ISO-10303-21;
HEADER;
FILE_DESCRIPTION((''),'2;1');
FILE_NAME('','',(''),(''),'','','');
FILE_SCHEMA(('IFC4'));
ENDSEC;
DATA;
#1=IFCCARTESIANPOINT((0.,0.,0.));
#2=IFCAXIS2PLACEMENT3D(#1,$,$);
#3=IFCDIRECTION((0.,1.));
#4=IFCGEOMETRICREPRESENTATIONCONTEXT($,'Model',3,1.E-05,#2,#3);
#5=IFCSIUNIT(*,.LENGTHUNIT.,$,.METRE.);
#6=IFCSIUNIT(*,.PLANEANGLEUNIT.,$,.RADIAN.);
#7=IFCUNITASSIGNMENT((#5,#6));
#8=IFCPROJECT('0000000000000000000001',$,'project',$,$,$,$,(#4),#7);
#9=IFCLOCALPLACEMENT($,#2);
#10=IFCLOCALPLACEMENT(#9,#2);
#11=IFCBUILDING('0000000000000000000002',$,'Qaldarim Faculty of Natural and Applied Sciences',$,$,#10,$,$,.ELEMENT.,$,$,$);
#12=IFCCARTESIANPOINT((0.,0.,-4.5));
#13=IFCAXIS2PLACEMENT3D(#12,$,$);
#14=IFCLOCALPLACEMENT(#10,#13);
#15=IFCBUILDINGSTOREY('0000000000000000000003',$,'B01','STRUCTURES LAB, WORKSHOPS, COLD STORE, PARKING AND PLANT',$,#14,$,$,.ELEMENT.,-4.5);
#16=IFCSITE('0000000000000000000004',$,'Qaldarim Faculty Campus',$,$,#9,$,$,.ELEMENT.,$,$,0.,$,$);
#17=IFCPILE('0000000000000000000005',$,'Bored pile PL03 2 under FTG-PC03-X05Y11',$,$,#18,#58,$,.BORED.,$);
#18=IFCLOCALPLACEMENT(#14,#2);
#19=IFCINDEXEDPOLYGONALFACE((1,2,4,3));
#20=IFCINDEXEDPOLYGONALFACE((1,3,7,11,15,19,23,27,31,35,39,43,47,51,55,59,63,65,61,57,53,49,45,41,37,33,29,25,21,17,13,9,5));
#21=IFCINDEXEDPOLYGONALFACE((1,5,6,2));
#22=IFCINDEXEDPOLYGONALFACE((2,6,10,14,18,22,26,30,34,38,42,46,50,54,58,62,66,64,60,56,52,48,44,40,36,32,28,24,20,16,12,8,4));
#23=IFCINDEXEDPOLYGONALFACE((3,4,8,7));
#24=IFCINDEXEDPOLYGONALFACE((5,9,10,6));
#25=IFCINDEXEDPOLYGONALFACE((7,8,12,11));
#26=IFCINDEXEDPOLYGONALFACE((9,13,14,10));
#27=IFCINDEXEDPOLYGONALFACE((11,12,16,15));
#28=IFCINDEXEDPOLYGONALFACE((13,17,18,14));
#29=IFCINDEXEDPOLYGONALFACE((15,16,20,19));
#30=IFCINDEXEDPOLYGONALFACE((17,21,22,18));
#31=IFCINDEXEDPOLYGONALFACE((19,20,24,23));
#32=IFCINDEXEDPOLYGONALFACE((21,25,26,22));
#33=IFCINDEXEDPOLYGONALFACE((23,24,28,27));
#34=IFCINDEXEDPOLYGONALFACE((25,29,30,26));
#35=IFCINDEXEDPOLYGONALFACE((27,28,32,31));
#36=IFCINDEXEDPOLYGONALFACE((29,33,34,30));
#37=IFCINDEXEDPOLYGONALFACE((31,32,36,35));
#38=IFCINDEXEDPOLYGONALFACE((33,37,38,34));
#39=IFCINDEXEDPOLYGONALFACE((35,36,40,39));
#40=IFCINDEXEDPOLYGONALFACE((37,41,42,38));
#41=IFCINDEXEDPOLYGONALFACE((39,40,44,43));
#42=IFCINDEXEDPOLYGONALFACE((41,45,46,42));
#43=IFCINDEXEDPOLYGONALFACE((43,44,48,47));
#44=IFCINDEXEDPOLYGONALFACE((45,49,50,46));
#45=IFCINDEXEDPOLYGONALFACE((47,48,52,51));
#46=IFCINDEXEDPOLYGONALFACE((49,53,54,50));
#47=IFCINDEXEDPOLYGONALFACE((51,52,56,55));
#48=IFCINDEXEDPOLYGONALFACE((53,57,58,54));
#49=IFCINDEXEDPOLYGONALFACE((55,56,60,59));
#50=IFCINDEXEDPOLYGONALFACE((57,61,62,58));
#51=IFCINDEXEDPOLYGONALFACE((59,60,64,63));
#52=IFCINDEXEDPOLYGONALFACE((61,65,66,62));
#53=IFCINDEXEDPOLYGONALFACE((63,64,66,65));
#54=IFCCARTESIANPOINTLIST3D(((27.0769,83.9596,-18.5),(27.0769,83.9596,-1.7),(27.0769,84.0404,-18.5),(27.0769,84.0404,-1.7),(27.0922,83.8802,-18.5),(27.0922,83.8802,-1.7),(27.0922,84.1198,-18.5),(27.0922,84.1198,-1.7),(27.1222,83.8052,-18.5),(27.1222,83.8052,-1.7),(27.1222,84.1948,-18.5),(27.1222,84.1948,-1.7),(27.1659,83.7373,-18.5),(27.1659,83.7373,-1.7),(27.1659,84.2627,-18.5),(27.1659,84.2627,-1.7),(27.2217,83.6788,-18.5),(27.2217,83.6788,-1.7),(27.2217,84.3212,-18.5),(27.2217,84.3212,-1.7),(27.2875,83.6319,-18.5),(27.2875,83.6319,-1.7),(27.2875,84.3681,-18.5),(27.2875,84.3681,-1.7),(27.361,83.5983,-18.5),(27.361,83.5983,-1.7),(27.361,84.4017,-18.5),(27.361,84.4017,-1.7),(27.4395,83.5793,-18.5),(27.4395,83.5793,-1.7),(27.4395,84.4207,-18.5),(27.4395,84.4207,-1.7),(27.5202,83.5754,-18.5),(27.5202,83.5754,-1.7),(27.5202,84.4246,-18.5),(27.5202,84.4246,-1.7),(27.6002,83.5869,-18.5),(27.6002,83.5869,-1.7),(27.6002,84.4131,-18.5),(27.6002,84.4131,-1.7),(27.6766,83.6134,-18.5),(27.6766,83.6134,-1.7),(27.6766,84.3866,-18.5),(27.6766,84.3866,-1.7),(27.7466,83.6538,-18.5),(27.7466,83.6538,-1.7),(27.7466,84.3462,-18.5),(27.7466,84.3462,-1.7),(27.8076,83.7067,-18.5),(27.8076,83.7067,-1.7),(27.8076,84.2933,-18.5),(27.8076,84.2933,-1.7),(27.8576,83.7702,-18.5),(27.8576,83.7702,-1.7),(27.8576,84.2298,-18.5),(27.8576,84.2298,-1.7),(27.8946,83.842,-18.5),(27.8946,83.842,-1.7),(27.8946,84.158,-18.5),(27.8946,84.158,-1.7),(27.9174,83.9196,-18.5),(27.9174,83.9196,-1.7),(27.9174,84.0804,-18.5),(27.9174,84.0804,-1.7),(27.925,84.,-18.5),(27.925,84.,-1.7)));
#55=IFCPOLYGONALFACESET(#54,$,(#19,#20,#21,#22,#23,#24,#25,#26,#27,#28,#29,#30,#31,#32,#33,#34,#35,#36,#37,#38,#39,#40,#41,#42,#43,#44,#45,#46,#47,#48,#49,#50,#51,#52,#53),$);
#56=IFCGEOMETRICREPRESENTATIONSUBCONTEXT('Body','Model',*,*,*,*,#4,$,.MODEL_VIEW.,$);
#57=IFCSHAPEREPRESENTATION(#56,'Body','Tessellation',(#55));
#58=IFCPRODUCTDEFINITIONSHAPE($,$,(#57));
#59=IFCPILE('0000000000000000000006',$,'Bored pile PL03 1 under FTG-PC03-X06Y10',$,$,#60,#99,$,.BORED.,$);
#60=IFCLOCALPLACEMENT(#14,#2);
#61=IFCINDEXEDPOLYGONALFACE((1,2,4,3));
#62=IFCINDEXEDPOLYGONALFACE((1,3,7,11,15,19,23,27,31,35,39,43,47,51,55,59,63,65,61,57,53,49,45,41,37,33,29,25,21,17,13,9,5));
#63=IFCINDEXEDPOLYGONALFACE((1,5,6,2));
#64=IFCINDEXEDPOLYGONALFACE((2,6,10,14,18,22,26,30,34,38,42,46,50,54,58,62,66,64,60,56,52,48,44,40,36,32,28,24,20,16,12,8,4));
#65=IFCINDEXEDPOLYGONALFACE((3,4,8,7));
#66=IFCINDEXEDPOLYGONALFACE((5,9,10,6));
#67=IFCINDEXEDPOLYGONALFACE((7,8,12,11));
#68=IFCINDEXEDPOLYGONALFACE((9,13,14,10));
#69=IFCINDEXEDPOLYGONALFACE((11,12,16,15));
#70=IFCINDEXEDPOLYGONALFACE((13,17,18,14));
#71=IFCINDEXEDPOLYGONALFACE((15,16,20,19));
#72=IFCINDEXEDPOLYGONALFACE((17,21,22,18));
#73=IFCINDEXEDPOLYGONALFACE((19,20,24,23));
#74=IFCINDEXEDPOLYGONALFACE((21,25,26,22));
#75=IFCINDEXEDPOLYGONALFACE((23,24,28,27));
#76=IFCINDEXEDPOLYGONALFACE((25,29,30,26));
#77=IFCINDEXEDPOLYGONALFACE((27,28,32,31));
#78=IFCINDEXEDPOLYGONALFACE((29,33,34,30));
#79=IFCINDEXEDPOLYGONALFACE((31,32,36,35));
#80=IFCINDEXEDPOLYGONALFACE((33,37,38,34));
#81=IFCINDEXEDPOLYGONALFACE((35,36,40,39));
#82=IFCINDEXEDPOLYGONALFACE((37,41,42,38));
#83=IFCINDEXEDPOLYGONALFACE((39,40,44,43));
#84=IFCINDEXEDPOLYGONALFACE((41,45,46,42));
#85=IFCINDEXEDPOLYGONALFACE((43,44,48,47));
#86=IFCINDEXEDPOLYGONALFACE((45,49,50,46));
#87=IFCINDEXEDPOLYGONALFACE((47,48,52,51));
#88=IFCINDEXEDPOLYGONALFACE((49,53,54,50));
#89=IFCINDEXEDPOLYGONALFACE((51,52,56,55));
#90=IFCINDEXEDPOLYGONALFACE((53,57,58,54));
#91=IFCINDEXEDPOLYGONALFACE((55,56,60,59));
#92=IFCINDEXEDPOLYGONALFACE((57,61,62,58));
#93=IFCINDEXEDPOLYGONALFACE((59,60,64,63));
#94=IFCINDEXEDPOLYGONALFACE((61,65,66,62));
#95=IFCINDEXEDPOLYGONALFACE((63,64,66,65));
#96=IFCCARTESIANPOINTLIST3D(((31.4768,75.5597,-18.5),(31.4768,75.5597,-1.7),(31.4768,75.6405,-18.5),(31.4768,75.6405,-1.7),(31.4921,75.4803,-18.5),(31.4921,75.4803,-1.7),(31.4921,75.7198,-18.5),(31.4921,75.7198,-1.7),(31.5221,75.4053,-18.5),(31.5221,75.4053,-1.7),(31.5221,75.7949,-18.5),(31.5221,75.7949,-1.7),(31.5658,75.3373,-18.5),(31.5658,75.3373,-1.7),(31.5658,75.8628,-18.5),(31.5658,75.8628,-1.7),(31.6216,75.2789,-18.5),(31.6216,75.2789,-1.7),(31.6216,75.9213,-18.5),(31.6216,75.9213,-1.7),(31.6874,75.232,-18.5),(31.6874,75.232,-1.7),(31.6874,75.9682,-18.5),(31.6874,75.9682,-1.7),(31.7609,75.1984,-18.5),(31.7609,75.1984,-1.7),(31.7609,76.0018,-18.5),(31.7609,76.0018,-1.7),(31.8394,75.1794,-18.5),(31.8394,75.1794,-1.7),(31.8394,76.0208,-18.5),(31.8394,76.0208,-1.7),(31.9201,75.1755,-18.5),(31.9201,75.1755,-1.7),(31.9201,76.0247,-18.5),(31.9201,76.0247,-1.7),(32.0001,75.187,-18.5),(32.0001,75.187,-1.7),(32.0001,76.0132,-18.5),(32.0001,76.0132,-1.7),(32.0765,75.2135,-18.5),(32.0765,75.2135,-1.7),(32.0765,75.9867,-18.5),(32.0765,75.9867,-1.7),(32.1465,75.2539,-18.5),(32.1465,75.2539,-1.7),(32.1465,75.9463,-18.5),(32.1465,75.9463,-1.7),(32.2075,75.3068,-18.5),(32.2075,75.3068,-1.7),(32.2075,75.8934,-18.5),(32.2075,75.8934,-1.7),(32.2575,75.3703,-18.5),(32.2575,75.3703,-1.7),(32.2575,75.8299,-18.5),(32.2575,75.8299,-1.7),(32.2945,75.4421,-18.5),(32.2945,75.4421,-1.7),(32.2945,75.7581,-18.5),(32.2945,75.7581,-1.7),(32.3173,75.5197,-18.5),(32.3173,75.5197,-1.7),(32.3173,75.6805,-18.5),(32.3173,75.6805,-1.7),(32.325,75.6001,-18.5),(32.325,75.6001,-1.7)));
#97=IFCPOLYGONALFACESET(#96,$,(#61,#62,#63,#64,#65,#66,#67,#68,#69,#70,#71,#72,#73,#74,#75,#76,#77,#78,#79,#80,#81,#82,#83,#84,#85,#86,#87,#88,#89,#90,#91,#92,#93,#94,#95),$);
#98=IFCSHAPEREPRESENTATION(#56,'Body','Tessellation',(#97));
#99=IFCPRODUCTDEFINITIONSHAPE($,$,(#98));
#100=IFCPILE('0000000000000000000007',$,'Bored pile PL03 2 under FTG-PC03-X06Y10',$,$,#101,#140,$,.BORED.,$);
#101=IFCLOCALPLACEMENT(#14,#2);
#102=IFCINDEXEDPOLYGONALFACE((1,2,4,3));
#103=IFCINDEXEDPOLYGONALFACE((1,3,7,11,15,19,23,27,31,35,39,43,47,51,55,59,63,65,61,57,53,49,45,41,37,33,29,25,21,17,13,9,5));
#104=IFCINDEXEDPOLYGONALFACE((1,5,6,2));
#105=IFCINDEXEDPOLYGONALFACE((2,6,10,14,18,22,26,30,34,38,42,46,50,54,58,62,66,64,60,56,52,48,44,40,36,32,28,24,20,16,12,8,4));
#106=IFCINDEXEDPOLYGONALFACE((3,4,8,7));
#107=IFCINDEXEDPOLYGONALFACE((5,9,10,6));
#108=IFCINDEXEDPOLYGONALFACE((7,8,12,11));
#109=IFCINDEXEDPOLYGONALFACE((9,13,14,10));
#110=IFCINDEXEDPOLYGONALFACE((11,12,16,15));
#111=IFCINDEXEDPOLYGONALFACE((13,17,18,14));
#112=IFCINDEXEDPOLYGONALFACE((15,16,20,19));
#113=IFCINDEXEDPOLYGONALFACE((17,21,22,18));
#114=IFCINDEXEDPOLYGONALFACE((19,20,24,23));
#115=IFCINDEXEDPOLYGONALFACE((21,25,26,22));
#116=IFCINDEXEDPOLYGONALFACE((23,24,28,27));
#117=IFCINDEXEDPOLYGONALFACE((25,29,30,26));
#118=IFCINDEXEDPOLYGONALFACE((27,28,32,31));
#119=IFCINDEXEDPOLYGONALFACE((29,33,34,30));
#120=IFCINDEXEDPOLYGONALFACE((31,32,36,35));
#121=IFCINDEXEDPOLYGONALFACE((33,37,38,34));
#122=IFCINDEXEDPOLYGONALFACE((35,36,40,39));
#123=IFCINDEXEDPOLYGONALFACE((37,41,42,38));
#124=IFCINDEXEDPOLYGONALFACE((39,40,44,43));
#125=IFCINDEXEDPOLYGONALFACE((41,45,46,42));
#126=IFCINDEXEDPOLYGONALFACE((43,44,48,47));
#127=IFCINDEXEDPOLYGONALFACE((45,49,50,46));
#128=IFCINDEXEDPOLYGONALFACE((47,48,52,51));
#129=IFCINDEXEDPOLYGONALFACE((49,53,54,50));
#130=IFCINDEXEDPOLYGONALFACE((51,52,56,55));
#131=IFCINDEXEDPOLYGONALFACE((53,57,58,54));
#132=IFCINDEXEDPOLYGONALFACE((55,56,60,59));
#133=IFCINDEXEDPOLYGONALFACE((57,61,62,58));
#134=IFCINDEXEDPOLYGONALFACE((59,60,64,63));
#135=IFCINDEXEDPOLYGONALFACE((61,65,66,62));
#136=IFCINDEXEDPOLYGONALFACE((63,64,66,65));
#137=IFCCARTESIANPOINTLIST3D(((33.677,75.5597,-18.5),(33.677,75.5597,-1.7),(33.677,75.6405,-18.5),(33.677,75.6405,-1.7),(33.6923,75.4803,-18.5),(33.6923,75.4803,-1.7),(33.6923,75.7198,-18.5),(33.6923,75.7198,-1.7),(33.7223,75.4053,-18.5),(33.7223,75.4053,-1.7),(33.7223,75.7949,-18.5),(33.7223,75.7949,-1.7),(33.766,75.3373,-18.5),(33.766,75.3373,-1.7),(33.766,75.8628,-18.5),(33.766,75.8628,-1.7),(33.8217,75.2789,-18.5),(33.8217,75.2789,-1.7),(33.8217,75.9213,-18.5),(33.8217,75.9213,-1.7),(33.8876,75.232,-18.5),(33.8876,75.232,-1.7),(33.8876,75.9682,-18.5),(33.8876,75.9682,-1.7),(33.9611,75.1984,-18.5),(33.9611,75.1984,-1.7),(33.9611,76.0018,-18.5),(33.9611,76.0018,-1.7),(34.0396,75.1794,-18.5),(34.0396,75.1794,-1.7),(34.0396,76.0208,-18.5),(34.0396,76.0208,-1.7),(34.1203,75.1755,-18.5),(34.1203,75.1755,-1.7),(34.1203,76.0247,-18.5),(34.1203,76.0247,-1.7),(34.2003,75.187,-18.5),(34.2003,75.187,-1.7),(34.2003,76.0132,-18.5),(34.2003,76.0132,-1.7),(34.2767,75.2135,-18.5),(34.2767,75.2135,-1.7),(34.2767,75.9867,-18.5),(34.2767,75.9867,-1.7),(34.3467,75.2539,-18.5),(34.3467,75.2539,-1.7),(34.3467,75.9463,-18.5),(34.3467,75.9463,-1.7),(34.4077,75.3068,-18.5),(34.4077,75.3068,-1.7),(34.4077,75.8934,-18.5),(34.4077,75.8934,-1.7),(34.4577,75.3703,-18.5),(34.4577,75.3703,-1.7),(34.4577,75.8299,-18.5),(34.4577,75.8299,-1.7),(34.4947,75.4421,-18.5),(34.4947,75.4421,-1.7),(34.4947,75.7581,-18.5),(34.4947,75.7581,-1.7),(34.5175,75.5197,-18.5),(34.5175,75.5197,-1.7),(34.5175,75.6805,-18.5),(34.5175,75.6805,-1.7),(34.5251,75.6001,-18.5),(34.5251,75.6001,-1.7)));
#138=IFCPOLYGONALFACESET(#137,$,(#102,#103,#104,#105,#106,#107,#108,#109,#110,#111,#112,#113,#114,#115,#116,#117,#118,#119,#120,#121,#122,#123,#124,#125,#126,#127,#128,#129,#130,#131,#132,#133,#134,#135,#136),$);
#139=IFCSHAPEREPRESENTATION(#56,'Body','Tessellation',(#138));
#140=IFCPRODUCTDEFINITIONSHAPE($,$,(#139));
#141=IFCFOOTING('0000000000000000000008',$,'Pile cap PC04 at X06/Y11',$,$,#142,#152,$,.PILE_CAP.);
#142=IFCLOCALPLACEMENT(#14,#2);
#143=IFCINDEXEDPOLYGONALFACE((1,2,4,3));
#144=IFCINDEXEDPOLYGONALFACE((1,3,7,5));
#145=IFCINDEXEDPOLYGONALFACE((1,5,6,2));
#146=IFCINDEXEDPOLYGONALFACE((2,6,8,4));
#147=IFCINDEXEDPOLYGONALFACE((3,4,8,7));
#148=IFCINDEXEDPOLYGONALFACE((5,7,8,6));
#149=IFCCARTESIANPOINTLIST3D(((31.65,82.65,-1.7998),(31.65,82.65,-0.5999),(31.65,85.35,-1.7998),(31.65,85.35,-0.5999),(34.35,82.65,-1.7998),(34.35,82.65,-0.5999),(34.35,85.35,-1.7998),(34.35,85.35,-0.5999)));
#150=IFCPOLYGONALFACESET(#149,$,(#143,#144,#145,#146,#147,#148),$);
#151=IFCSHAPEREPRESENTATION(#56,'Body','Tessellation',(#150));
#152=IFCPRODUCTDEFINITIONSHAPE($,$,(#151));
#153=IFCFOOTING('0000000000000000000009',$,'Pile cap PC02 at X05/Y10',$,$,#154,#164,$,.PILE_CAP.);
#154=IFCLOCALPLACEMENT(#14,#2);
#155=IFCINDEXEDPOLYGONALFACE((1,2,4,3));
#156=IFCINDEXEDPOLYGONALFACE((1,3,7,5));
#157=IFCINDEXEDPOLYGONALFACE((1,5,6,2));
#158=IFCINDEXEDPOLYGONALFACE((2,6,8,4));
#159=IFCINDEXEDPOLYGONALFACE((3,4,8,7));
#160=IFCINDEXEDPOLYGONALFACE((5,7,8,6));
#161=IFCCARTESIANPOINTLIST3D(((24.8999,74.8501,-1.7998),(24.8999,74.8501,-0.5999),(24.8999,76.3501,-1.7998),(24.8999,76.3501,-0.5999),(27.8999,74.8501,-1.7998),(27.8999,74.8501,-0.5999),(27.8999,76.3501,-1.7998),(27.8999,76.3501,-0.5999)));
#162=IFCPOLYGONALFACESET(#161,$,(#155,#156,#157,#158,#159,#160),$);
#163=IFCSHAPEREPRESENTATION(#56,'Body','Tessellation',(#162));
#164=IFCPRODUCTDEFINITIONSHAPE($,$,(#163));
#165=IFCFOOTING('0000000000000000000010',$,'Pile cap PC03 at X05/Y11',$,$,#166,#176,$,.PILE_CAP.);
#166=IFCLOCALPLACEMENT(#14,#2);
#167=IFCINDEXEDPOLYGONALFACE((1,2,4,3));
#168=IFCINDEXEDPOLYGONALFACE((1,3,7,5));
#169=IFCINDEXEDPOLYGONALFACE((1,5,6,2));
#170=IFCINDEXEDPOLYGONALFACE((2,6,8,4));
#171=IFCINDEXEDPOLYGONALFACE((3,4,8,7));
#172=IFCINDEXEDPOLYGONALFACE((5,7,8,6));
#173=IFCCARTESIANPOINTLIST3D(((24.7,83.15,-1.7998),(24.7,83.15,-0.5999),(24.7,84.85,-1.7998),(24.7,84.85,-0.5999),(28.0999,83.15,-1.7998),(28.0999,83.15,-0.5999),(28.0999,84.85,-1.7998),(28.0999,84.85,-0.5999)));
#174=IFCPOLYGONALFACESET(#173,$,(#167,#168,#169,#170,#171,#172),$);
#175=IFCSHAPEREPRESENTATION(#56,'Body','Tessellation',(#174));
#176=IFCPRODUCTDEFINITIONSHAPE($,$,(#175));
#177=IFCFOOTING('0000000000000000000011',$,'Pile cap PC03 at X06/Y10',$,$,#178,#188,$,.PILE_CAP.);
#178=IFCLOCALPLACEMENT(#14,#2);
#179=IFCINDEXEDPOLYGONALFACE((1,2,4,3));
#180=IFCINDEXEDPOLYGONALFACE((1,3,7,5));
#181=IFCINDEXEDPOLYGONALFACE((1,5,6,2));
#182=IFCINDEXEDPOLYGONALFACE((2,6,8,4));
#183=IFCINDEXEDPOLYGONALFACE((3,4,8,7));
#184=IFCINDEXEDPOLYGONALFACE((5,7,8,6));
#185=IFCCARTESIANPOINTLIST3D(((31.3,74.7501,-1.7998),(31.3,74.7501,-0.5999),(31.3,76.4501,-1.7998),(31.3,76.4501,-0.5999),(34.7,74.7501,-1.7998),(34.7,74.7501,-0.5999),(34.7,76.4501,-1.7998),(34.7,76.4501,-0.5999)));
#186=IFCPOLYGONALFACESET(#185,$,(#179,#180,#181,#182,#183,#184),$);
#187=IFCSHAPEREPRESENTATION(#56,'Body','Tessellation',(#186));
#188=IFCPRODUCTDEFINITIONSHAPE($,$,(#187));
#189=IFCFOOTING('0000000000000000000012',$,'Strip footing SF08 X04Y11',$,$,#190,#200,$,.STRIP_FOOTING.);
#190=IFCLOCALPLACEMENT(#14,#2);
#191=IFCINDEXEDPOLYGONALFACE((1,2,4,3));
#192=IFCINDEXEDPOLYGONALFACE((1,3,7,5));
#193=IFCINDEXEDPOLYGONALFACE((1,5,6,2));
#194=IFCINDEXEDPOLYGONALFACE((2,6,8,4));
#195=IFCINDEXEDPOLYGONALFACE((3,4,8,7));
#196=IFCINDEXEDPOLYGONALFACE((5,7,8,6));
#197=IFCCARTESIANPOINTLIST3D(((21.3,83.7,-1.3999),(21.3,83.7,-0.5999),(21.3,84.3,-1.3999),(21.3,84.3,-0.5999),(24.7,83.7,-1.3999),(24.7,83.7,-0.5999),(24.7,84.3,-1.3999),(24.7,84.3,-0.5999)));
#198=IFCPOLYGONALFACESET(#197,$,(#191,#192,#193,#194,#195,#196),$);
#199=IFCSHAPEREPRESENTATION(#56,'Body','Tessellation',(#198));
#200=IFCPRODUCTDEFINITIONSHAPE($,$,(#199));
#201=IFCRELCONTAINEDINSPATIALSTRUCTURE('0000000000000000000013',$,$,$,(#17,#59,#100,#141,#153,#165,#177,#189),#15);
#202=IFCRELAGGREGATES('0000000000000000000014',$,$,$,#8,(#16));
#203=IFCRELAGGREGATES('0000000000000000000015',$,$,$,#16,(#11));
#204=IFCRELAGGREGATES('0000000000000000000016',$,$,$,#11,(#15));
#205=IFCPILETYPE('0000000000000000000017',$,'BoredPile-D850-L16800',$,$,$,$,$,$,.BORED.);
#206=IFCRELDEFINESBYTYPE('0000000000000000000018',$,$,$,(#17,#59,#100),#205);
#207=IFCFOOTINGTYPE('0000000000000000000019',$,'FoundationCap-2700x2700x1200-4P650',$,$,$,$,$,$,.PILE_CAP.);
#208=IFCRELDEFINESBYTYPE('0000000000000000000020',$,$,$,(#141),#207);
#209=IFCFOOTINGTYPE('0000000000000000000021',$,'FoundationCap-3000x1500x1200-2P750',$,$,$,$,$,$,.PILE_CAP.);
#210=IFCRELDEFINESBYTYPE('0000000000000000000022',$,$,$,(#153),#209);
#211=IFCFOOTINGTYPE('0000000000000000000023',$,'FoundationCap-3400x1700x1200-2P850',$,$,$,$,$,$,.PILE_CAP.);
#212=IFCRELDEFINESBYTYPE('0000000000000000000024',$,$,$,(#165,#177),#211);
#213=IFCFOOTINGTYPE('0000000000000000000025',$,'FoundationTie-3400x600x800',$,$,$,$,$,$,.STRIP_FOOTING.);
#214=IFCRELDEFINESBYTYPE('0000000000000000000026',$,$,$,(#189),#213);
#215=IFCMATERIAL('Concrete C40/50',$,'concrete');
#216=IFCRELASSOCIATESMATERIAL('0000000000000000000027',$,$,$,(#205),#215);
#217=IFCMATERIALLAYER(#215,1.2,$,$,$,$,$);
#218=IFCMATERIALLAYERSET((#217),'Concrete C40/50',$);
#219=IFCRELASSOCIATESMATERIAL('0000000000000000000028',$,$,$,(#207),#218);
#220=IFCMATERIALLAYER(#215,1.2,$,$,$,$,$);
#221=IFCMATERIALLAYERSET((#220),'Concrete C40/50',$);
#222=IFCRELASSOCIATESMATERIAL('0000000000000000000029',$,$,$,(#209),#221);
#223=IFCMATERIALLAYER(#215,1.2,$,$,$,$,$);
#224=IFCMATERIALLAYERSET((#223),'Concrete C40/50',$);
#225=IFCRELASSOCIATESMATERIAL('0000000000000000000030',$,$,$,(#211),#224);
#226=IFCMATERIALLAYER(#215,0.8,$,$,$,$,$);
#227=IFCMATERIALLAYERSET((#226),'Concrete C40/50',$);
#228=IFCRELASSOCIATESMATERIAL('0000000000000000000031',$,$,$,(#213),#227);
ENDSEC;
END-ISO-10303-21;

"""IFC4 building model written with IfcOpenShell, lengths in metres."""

from ifc_helpers import new_model, si_unit, direction, frame, origin, origin_2d, place, context, subcontext, project, spatial, rectangle, circle, extrude, material, layer, layer_set, material_profile, profile_set, type_object, element, save


model = new_model("IFC4")

# Units and contexts
model_context = context("Model", 3, precision=1e-05, world=origin(), true_north=direction((0.0, 1.0)))
body_context = subcontext(model_context, "Body", "Model", "MODEL_VIEW")
ifc_project = project(units=[si_unit("LENGTHUNIT", "METRE"), si_unit("PLANEANGLEUNIT", "RADIAN")], contexts=[model_context])

# Site, building, storey
site_placement = place(None, origin())
site = spatial("IfcSite", under=ifc_project, at=site_placement, Name="Qaldarim Faculty Campus", CompositionType="ELEMENT", RefElevation=0.0)
building_placement = place(site_placement, origin())
building = spatial("IfcBuilding", under=site, at=building_placement, Name="Qaldarim Faculty of Natural and Applied Sciences", CompositionType="ELEMENT")
storey_placement = place(building_placement, frame((0.0, 0.0, -4.5)))
storey = spatial("IfcBuildingStorey", under=building, at=storey_placement, Name="B01", Description="STRUCTURES LAB, WORKSHOPS, COLD STORE, PARKING AND PLANT", CompositionType="ELEMENT", Elevation=-4.5)

# Piles
ifc_material_1 = material(Name="Concrete C40/50", Category="concrete")
ifc_material_profile_1 = material_profile(ifc_material_1, circle(Radius=0.425, at=origin_2d()), Name="PILE-D850")
ifc_profile_set_1 = profile_set([ifc_material_profile_1], Name="Concrete C40/50")
pile_type_1 = type_object("IfcPileType", Name="BoredPile-D850-L16800", PredefinedType="BORED", material=ifc_profile_set_1)
for number, where, z_axis, x_axis, name in (
    (1, (27.5, 84.0, -1.7), (0.0, 0.0, -1.0), (1.0, 0.0, 0.0), "Bored pile PL03 2 under FTG-PC03-X05Y11"),
    (2, (31.8999, 75.6001, -1.7), (0.0, 0.0, -1.0), (1.0, 0.0, 0.0), "Bored pile PL03 1 under FTG-PC03-X06Y10"),
    (3, (34.1001, 75.6001, -1.7), (0.0, 0.0, -1.0), (1.0, 0.0, 0.0), "Bored pile PL03 2 under FTG-PC03-X06Y10"),
):
    element("IfcPile", number, at=place(storey_placement, frame(where, z_axis=z_axis, x_axis=x_axis)), inside=storey, type_object=pile_type_1, Name=name, PredefinedType="BORED", context=body_context, shape_type="SweptSolid", body=[
        extrude(circle(Radius=0.425, at=origin_2d()), origin(), (0.0, 0.0, 1.0), 16.8),
    ])

# Footings
ifc_layer_1 = layer(ifc_material_1, 1.2)
ifc_layer_set_1 = layer_set([ifc_layer_1], Name="Concrete C40/50")
footing_type_1 = type_object("IfcFootingType", Name="FoundationCap-2700x2700x1200-4P650", PredefinedType="PILE_CAP", material=ifc_layer_set_1)
footing_1_placement = place(storey_placement, frame((33.0, 84.0, -1.7998), z_axis=(0.0, 0.0, 1.0), x_axis=(1.0, 0.0, 0.0)))
element("IfcFooting", 4, at=footing_1_placement, inside=storey, type_object=footing_type_1, Name="Pile cap PC04 at X06/Y11", PredefinedType="PILE_CAP", context=body_context, shape_type="SweptSolid", body=[
    extrude(rectangle(XDim=2.7, YDim=2.7, at=origin_2d()), origin(), (0.0, 0.0, 1.0), 1.2),
])
ifc_layer_2 = layer(ifc_material_1, 1.2)
ifc_layer_set_2 = layer_set([ifc_layer_2], Name="Concrete C40/50")
footing_type_2 = type_object("IfcFootingType", Name="FoundationCap-3000x1500x1200-2P750", PredefinedType="PILE_CAP", material=ifc_layer_set_2)
footing_2_placement = place(storey_placement, frame((26.3999, 75.6001, -1.7998), z_axis=(0.0, 0.0, 1.0), x_axis=(1.0, 0.0, 0.0)))
element("IfcFooting", 5, at=footing_2_placement, inside=storey, type_object=footing_type_2, Name="Pile cap PC02 at X05/Y10", PredefinedType="PILE_CAP", context=body_context, shape_type="SweptSolid", body=[
    extrude(rectangle(XDim=3.0, YDim=1.5, at=origin_2d()), origin(), (0.0, 0.0, 1.0), 1.2),
])
ifc_layer_3 = layer(ifc_material_1, 1.2)
ifc_layer_set_3 = layer_set([ifc_layer_3], Name="Concrete C40/50")
footing_type_3 = type_object("IfcFootingType", Name="FoundationCap-3400x1700x1200-2P850", PredefinedType="PILE_CAP", material=ifc_layer_set_3)
for number, where, z_axis, x_axis, name in (
    (6, (26.3999, 84.0, -1.7998), (0.0, 0.0, 1.0), (1.0, 0.0, 0.0), "Pile cap PC03 at X05/Y11"),
    (7, (33.0, 75.6001, -1.7998), (0.0, 0.0, 1.0), (1.0, 0.0, 0.0), "Pile cap PC03 at X06/Y10"),
):
    element("IfcFooting", number, at=place(storey_placement, frame(where, z_axis=z_axis, x_axis=x_axis)), inside=storey, type_object=footing_type_3, Name=name, PredefinedType="PILE_CAP", context=body_context, shape_type="SweptSolid", body=[
        extrude(rectangle(XDim=3.3999, YDim=1.7, at=origin_2d()), origin(), (0.0, 0.0, 1.0), 1.2),
    ])
ifc_layer_4 = layer(ifc_material_1, 0.8)
ifc_layer_set_4 = layer_set([ifc_layer_4], Name="Concrete C40/50")
footing_type_4 = type_object("IfcFootingType", Name="FoundationTie-3400x600x800", PredefinedType="STRIP_FOOTING", material=ifc_layer_set_4)
footing_3_placement = place(storey_placement, frame((23.0, 84.0, -1.3999), z_axis=(0.0, 0.0, 1.0), x_axis=(1.0, 0.0, 0.0)))
element("IfcFooting", 8, at=footing_3_placement, inside=storey, type_object=footing_type_4, Name="Strip footing SF08 X04Y11", PredefinedType="STRIP_FOOTING", context=body_context, shape_type="SweptSolid", body=[
    extrude(rectangle(XDim=3.3999, YDim=0.6001, at=origin_2d()), origin(), (0.0, 0.0, 1.0), 0.8),
])

save(model, "model.ifc")
